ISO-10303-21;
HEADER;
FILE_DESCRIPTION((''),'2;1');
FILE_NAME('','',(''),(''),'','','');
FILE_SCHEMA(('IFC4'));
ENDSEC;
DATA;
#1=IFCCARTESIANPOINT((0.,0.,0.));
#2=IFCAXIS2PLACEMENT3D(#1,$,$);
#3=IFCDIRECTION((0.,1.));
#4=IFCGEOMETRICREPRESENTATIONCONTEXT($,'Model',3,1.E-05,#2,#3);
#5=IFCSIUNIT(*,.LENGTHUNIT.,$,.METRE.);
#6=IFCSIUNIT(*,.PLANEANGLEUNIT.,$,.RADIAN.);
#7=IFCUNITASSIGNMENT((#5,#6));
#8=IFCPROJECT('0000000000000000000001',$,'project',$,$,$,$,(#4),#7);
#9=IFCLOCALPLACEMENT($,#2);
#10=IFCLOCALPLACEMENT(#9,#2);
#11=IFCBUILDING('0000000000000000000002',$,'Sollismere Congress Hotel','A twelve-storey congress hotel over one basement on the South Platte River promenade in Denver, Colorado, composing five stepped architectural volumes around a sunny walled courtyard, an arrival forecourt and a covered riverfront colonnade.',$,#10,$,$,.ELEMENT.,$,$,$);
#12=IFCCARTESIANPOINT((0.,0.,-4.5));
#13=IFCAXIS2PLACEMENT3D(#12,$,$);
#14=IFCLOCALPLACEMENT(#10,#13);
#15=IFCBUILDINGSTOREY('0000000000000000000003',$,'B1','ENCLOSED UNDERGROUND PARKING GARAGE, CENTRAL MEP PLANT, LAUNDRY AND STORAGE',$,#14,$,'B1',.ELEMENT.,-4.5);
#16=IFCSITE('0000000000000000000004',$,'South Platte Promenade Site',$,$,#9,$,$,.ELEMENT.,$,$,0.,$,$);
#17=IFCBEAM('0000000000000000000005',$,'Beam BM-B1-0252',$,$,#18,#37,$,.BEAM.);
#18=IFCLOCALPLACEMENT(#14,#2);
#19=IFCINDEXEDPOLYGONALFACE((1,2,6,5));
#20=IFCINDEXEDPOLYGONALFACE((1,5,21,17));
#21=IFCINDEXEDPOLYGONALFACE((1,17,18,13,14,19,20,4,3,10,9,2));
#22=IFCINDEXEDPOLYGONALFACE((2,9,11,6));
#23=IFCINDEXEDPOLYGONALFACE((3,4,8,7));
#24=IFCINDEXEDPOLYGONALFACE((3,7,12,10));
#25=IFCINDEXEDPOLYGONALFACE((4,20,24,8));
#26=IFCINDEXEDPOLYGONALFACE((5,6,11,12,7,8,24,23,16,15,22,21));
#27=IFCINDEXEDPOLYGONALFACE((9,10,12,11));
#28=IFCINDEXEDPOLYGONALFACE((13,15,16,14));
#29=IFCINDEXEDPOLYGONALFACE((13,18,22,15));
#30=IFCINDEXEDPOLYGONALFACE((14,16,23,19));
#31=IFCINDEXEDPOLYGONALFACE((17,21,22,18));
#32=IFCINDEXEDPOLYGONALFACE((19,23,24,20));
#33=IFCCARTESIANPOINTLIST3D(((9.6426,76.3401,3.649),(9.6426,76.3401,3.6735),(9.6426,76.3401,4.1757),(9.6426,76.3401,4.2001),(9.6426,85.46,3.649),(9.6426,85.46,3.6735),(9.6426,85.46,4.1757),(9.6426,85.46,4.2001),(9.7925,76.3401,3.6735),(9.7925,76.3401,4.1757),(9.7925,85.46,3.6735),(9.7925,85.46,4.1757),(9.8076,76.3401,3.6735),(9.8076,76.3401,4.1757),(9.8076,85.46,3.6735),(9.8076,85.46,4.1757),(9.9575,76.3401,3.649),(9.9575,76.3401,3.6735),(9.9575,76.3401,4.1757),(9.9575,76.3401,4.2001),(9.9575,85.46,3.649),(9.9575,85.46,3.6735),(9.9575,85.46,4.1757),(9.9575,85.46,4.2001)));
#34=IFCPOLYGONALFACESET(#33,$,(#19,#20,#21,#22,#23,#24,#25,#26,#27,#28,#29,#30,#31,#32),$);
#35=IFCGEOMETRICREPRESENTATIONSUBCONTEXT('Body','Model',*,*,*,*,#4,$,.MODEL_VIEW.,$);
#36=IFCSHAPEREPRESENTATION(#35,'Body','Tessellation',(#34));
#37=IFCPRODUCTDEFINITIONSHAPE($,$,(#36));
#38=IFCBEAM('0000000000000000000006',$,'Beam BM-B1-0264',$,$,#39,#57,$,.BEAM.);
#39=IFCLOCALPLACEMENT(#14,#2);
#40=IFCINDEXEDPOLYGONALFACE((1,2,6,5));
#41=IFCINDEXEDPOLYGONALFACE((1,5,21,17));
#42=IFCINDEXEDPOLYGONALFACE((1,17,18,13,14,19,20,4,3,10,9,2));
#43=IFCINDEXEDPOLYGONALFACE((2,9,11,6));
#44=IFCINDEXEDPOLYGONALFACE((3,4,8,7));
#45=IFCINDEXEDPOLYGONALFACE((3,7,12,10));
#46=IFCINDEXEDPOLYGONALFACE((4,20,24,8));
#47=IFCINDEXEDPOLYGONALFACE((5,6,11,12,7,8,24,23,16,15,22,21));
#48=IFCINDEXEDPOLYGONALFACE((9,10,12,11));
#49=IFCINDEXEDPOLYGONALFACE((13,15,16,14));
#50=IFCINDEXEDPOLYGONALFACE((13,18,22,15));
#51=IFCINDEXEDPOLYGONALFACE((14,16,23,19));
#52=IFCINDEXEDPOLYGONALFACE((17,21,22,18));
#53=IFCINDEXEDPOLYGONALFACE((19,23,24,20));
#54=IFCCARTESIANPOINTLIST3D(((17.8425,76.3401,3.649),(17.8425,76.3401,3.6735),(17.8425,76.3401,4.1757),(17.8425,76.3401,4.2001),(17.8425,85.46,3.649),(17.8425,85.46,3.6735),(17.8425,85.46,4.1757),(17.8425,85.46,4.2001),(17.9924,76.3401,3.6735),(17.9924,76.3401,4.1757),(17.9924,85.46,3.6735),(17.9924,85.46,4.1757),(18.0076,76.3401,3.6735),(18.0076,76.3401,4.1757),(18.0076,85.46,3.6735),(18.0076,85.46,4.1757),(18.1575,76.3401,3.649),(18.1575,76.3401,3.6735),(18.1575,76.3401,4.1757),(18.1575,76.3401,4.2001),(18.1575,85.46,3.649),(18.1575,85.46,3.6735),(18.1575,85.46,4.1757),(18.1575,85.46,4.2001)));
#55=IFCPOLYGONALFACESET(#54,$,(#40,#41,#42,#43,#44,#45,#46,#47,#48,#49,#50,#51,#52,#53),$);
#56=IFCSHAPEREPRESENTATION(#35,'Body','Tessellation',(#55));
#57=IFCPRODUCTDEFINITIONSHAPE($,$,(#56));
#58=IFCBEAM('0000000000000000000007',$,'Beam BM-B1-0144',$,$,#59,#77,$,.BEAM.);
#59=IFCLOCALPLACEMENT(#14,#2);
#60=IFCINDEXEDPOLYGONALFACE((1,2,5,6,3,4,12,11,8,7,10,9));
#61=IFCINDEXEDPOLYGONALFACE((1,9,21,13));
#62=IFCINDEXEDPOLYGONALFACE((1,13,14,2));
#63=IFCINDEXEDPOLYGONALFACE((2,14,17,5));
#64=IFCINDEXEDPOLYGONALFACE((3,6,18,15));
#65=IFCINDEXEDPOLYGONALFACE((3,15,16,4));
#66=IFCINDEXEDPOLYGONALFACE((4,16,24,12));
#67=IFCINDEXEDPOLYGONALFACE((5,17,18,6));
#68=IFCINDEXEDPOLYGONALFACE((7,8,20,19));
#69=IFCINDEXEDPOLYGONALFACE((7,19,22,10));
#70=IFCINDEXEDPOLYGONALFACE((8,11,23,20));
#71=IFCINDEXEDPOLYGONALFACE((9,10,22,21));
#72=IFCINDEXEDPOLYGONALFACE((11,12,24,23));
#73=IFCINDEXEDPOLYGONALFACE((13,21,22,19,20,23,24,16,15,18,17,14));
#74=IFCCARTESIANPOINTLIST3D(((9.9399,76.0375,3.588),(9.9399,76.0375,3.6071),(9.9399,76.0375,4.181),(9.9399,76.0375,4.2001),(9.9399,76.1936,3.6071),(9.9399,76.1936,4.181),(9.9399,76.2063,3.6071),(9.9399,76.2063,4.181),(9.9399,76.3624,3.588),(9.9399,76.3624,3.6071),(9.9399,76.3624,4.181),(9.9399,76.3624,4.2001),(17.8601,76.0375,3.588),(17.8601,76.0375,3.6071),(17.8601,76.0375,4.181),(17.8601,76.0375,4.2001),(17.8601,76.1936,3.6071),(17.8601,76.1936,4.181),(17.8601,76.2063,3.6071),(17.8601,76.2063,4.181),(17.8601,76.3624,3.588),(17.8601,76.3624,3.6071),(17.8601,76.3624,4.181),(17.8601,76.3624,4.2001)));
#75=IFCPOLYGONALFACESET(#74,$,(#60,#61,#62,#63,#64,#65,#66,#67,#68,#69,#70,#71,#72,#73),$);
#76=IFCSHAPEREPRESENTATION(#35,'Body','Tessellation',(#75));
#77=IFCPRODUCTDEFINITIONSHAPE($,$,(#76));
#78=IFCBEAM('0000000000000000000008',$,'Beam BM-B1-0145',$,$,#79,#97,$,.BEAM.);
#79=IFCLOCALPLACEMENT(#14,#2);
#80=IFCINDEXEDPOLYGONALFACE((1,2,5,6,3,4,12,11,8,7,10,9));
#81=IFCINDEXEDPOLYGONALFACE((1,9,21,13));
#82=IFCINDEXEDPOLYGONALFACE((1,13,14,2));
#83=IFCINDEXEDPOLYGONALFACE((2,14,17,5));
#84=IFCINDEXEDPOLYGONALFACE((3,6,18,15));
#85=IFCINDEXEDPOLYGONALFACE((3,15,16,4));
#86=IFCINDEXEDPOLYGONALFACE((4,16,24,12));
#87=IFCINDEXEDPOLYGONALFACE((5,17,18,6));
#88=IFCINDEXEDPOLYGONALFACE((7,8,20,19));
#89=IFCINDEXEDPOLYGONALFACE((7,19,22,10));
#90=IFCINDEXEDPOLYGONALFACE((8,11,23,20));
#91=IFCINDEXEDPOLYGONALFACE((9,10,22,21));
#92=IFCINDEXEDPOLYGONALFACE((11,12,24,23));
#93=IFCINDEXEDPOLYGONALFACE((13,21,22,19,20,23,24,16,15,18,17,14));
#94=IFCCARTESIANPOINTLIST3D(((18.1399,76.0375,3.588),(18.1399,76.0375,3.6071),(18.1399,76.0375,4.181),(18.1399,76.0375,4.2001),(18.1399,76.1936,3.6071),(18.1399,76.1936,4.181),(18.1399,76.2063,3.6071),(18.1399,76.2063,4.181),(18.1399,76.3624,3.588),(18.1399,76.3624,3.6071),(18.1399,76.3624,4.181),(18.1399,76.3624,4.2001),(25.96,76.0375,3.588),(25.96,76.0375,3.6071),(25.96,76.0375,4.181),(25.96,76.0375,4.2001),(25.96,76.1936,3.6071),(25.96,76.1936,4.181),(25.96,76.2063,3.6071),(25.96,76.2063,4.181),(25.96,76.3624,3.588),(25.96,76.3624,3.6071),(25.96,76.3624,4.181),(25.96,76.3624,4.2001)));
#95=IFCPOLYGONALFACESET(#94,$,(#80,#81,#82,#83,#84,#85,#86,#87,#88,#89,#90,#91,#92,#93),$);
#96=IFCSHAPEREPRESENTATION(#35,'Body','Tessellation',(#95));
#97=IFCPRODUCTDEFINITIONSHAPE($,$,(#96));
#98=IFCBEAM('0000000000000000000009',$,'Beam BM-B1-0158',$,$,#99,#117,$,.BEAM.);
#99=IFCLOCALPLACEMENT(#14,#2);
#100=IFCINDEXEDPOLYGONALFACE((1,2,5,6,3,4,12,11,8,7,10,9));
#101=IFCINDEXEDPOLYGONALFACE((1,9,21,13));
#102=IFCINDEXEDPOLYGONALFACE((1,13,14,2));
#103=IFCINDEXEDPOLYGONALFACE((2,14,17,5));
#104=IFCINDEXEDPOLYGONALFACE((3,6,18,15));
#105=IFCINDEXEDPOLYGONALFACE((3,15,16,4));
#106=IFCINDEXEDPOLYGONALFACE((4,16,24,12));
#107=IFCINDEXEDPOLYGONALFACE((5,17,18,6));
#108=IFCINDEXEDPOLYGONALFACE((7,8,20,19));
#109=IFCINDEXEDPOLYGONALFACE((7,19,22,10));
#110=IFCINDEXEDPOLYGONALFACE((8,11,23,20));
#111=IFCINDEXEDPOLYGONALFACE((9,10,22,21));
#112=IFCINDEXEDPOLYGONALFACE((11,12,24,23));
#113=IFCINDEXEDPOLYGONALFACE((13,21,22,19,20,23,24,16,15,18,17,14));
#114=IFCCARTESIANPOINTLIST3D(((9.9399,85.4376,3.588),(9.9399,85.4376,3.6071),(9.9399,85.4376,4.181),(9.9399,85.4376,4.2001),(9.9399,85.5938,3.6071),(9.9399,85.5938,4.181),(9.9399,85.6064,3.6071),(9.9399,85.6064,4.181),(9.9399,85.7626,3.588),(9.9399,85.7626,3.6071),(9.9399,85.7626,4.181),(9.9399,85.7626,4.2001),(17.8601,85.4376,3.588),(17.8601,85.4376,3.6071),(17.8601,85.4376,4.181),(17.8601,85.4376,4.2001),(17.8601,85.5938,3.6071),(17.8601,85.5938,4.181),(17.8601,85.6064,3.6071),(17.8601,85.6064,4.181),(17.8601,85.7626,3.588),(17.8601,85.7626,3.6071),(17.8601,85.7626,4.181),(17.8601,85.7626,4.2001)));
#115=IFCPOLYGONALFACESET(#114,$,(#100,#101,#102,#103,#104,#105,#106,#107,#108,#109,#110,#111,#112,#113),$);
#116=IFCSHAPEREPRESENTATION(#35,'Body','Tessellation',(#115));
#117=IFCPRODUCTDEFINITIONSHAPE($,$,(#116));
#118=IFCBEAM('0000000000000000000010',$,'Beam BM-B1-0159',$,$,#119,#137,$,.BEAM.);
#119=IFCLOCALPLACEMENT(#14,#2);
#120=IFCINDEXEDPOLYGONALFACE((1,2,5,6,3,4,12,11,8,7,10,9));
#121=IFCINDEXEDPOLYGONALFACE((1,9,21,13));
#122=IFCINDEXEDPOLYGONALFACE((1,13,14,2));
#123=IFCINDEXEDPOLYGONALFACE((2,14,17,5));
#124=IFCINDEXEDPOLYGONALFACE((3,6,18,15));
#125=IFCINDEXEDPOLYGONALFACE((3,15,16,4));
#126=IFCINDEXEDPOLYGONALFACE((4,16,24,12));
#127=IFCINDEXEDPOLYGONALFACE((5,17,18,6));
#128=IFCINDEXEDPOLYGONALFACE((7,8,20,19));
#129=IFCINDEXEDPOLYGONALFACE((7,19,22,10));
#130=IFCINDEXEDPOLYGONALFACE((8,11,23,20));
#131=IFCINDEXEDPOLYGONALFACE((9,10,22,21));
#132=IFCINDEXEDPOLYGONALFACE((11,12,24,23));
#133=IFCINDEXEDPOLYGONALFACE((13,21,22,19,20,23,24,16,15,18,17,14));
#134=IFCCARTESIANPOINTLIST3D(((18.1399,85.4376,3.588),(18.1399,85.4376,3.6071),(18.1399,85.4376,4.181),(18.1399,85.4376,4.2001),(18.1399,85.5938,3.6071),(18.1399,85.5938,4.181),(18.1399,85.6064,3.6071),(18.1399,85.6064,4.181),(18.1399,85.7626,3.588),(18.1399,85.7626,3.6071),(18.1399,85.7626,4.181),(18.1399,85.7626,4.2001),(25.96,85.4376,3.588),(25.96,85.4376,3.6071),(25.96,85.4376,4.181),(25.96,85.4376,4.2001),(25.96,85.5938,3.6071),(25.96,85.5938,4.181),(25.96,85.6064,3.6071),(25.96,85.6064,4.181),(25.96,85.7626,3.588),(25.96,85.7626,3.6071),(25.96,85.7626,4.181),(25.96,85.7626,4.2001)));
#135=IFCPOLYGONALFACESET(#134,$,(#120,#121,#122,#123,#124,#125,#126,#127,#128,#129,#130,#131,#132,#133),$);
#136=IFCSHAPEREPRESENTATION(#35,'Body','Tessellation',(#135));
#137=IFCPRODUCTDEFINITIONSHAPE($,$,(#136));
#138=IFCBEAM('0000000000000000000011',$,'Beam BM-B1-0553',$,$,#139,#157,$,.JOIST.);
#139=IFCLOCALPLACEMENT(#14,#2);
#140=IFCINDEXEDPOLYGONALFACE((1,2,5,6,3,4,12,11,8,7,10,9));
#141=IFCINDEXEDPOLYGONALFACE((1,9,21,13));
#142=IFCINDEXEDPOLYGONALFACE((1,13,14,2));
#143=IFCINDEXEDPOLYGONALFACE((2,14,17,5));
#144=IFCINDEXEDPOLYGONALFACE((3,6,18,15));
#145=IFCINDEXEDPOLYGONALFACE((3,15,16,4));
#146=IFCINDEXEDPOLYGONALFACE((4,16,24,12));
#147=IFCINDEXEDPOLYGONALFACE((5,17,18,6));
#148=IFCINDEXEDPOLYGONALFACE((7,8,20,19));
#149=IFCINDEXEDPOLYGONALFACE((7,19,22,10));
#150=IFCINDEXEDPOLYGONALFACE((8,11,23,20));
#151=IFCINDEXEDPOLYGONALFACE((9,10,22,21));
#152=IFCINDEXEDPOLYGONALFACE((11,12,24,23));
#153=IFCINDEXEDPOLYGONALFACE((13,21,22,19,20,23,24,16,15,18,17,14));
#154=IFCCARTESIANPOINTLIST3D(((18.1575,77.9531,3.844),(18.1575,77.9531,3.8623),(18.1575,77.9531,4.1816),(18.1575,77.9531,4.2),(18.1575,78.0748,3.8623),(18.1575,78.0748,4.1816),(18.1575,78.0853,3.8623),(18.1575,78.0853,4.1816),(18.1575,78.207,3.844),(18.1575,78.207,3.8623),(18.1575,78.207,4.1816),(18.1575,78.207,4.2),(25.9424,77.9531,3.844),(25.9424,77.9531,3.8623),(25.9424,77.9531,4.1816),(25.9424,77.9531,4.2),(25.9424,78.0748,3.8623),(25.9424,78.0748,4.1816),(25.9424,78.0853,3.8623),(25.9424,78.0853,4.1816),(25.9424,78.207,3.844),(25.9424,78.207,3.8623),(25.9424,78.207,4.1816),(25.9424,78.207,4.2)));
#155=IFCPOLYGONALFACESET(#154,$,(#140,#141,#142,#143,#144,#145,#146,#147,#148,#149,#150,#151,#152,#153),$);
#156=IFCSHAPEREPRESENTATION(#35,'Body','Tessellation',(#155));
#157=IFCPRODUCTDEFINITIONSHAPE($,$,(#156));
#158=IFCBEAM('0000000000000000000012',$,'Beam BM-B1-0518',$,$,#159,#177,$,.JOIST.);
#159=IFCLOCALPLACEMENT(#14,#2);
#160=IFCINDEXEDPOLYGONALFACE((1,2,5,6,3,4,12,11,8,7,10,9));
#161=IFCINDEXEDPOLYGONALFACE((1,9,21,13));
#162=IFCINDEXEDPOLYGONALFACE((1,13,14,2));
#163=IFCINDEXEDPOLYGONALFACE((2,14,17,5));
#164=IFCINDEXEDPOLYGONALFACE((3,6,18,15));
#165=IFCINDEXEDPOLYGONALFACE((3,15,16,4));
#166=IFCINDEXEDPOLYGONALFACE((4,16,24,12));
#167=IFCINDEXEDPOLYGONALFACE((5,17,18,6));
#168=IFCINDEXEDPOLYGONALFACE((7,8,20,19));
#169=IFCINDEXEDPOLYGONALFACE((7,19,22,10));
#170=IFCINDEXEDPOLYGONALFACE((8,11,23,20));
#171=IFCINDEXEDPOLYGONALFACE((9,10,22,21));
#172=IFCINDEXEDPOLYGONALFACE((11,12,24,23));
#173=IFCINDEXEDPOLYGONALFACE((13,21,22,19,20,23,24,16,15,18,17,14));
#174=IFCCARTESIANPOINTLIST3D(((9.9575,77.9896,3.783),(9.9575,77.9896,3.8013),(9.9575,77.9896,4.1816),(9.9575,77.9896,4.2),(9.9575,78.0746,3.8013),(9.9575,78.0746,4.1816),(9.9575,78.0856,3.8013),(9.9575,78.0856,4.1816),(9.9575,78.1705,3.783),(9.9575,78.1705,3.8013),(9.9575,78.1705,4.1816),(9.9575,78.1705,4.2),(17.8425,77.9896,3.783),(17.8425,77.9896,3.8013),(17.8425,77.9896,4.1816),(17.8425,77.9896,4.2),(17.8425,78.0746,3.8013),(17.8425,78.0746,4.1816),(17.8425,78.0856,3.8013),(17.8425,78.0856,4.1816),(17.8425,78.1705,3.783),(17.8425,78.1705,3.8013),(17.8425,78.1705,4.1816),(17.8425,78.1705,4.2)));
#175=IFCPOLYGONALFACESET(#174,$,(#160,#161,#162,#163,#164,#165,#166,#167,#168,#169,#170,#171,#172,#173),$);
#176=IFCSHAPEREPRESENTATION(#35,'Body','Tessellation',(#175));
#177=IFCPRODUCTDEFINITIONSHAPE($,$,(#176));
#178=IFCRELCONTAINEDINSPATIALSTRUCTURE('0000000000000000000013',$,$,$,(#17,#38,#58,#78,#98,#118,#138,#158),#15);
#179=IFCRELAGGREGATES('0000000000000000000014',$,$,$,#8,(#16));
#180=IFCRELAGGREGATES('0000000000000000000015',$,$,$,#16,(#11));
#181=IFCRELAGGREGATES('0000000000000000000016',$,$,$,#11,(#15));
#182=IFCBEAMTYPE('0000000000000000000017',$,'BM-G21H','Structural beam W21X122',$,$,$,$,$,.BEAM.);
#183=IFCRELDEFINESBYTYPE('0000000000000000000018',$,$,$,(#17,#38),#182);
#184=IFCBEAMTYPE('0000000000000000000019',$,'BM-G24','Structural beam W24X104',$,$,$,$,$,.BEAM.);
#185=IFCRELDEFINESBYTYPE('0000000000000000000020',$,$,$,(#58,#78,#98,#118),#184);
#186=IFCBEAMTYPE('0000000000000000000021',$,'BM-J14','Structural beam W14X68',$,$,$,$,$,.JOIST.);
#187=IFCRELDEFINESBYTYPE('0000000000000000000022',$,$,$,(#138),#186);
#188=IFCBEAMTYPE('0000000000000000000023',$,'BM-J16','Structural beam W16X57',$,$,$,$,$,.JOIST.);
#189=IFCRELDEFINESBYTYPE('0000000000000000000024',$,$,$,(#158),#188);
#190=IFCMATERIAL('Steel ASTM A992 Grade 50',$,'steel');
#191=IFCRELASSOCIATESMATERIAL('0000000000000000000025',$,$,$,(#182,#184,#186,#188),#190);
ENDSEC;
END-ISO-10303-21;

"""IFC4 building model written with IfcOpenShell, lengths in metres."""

from ifc_helpers import new_model, si_unit, direction, frame, origin, origin_2d, place, context, subcontext, project, spatial, i_section, extrude, material, material_profile, profile_set, type_object, element, save


model = new_model("IFC4")

# Units and contexts
model_context = context("Model", 3, precision=1e-05, world=origin(), true_north=direction((0.0, 1.0)))
body_context = subcontext(model_context, "Body", "Model", "MODEL_VIEW")
ifc_project = project(units=[si_unit("LENGTHUNIT", "METRE"), si_unit("PLANEANGLEUNIT", "RADIAN")], contexts=[model_context])

# Site, building, storey
site_placement = place(None, origin())
site = spatial("IfcSite", under=ifc_project, at=site_placement, Name="South Platte Promenade Site", CompositionType="ELEMENT", RefElevation=0.0)
building_placement = place(site_placement, origin())
building = spatial("IfcBuilding", under=site, at=building_placement, Name="Sollismere Congress Hotel", Description="A twelve-storey congress hotel over one basement on the South Platte River promenade in Denver, Colorado, composing five stepped architectural volumes around a sunny walled courtyard, an arrival forecourt and a covered riverfront colonnade.", CompositionType="ELEMENT")
storey_placement = place(building_placement, frame((0.0, 0.0, -4.5)))
storey = spatial("IfcBuildingStorey", under=building, at=storey_placement, Name="B1", Description="ENCLOSED UNDERGROUND PARKING GARAGE, CENTRAL MEP PLANT, LAUNDRY AND STORAGE", LongName="B1", CompositionType="ELEMENT", Elevation=-4.5)

# Beams
ifc_material_1 = material(Name="Steel ASTM A992 Grade 50", Category="steel")
ifc_material_profile_1 = material_profile(ifc_material_1, i_section(OverallWidth=0.3149, OverallDepth=0.551, WebThickness=0.0151, FlangeThickness=0.0244, at=origin_2d()), Name="W21X122")
ifc_profile_set_1 = profile_set([ifc_material_profile_1], Name="Steel ASTM A992 Grade 50")
beam_type_1 = type_object("IfcBeamType", Name="BM-G21H", Description="Structural beam W21X122", PredefinedType="BEAM", material=ifc_profile_set_1)
for number, where, z_axis, x_axis, name in (
    (1, (9.8, 76.3401, 3.9246), (0.0, 1.0, 0.0), (-1.0, 0.0, 0.0), "Beam BM-B1-0252"),
    (2, (18.0, 76.3401, 3.9246), (0.0, 1.0, 0.0), (-1.0, 0.0, 0.0), "Beam BM-B1-0264"),
):
    element("IfcBeam", number, at=place(storey_placement, frame(where, z_axis=z_axis, x_axis=x_axis)), inside=storey, type_object=beam_type_1, Name=name, PredefinedType="BEAM", context=body_context, shape_type="SweptSolid", body=[
        extrude(i_section(OverallWidth=0.3149, OverallDepth=0.551, WebThickness=0.0151, FlangeThickness=0.0244, at=origin_2d()), origin(), (0.0, 0.0, 1.0), 9.1199),
    ])
ifc_material_profile_2 = material_profile(ifc_material_1, i_section(OverallWidth=0.325, OverallDepth=0.6121, WebThickness=0.0127, FlangeThickness=0.019, at=origin_2d()), Name="W24X104")
ifc_profile_set_2 = profile_set([ifc_material_profile_2], Name="Steel ASTM A992 Grade 50")
beam_type_2 = type_object("IfcBeamType", Name="BM-G24", Description="Structural beam W24X104", PredefinedType="BEAM", material=ifc_profile_set_2)
beam_1_placement = place(storey_placement, frame((9.9399, 76.2, 3.894), z_axis=(1.0, 0.0, 0.0), x_axis=(0.0, 1.0, 0.0)))
element("IfcBeam", 3, at=beam_1_placement, inside=storey, type_object=beam_type_2, Name="Beam BM-B1-0144", PredefinedType="BEAM", context=body_context, shape_type="SweptSolid", body=[
    extrude(i_section(OverallWidth=0.325, OverallDepth=0.6121, WebThickness=0.0127, FlangeThickness=0.019, at=origin_2d()), origin(), (0.0, 0.0, 1.0), 7.9202),
])
beam_2_placement = place(storey_placement, frame((18.1399, 76.2, 3.894), z_axis=(1.0, 0.0, 0.0), x_axis=(0.0, 1.0, 0.0)))
element("IfcBeam", 4, at=beam_2_placement, inside=storey, type_object=beam_type_2, Name="Beam BM-B1-0145", PredefinedType="BEAM", context=body_context, shape_type="SweptSolid", body=[
    extrude(i_section(OverallWidth=0.325, OverallDepth=0.6121, WebThickness=0.0127, FlangeThickness=0.019, at=origin_2d()), origin(), (0.0, 0.0, 1.0), 7.8201),
])
beam_3_placement = place(storey_placement, frame((9.9399, 85.6001, 3.894), z_axis=(1.0, 0.0, 0.0), x_axis=(0.0, 1.0, 0.0)))
element("IfcBeam", 5, at=beam_3_placement, inside=storey, type_object=beam_type_2, Name="Beam BM-B1-0158", PredefinedType="BEAM", context=body_context, shape_type="SweptSolid", body=[
    extrude(i_section(OverallWidth=0.325, OverallDepth=0.6121, WebThickness=0.0127, FlangeThickness=0.019, at=origin_2d()), origin(), (0.0, 0.0, 1.0), 7.9202),
])
beam_4_placement = place(storey_placement, frame((18.1399, 85.6001, 3.894), z_axis=(1.0, 0.0, 0.0), x_axis=(0.0, 1.0, 0.0)))
element("IfcBeam", 6, at=beam_4_placement, inside=storey, type_object=beam_type_2, Name="Beam BM-B1-0159", PredefinedType="BEAM", context=body_context, shape_type="SweptSolid", body=[
    extrude(i_section(OverallWidth=0.325, OverallDepth=0.6121, WebThickness=0.0127, FlangeThickness=0.019, at=origin_2d()), origin(), (0.0, 0.0, 1.0), 7.8201),
])
ifc_material_profile_3 = material_profile(ifc_material_1, i_section(OverallWidth=0.2539, OverallDepth=0.356, WebThickness=0.0105, FlangeThickness=0.0183, at=origin_2d()), Name="W14X68")
ifc_profile_set_3 = profile_set([ifc_material_profile_3], Name="Steel ASTM A992 Grade 50")
beam_type_3 = type_object("IfcBeamType", Name="BM-J14", Description="Structural beam W14X68", PredefinedType="JOIST", material=ifc_profile_set_3)
beam_5_placement = place(storey_placement, frame((18.1575, 78.0801, 4.022), z_axis=(1.0, 0.0, 0.0), x_axis=(0.0, 1.0, 0.0)))
element("IfcBeam", 7, at=beam_5_placement, inside=storey, type_object=beam_type_3, Name="Beam BM-B1-0553", PredefinedType="JOIST", context=body_context, shape_type="SweptSolid", body=[
    extrude(i_section(OverallWidth=0.2539, OverallDepth=0.356, WebThickness=0.0105, FlangeThickness=0.0183, at=origin_2d()), origin(), (0.0, 0.0, 1.0), 7.7849),
])
ifc_material_profile_4 = material_profile(ifc_material_1, i_section(OverallWidth=0.1809, OverallDepth=0.417, WebThickness=0.011, FlangeThickness=0.0183, at=origin_2d()), Name="W16X57")
ifc_profile_set_4 = profile_set([ifc_material_profile_4], Name="Steel ASTM A992 Grade 50")
beam_type_4 = type_object("IfcBeamType", Name="BM-J16", Description="Structural beam W16X57", PredefinedType="JOIST", material=ifc_profile_set_4)
for number, where, z_axis, x_axis, name in (
    (8, (9.9575, 78.0801, 3.9915), (1.0, 0.0, 0.0), (0.0, 1.0, 0.0), "Beam BM-B1-0518"),
):
    element("IfcBeam", number, at=place(storey_placement, frame(where, z_axis=z_axis, x_axis=x_axis)), inside=storey, type_object=beam_type_4, Name=name, PredefinedType="JOIST", context=body_context, shape_type="SweptSolid", body=[
        extrude(i_section(OverallWidth=0.1809, OverallDepth=0.417, WebThickness=0.011, FlangeThickness=0.0183, at=origin_2d()), origin(), (0.0, 0.0, 1.0), 7.885),
    ])

save(model, "model.ifc")
